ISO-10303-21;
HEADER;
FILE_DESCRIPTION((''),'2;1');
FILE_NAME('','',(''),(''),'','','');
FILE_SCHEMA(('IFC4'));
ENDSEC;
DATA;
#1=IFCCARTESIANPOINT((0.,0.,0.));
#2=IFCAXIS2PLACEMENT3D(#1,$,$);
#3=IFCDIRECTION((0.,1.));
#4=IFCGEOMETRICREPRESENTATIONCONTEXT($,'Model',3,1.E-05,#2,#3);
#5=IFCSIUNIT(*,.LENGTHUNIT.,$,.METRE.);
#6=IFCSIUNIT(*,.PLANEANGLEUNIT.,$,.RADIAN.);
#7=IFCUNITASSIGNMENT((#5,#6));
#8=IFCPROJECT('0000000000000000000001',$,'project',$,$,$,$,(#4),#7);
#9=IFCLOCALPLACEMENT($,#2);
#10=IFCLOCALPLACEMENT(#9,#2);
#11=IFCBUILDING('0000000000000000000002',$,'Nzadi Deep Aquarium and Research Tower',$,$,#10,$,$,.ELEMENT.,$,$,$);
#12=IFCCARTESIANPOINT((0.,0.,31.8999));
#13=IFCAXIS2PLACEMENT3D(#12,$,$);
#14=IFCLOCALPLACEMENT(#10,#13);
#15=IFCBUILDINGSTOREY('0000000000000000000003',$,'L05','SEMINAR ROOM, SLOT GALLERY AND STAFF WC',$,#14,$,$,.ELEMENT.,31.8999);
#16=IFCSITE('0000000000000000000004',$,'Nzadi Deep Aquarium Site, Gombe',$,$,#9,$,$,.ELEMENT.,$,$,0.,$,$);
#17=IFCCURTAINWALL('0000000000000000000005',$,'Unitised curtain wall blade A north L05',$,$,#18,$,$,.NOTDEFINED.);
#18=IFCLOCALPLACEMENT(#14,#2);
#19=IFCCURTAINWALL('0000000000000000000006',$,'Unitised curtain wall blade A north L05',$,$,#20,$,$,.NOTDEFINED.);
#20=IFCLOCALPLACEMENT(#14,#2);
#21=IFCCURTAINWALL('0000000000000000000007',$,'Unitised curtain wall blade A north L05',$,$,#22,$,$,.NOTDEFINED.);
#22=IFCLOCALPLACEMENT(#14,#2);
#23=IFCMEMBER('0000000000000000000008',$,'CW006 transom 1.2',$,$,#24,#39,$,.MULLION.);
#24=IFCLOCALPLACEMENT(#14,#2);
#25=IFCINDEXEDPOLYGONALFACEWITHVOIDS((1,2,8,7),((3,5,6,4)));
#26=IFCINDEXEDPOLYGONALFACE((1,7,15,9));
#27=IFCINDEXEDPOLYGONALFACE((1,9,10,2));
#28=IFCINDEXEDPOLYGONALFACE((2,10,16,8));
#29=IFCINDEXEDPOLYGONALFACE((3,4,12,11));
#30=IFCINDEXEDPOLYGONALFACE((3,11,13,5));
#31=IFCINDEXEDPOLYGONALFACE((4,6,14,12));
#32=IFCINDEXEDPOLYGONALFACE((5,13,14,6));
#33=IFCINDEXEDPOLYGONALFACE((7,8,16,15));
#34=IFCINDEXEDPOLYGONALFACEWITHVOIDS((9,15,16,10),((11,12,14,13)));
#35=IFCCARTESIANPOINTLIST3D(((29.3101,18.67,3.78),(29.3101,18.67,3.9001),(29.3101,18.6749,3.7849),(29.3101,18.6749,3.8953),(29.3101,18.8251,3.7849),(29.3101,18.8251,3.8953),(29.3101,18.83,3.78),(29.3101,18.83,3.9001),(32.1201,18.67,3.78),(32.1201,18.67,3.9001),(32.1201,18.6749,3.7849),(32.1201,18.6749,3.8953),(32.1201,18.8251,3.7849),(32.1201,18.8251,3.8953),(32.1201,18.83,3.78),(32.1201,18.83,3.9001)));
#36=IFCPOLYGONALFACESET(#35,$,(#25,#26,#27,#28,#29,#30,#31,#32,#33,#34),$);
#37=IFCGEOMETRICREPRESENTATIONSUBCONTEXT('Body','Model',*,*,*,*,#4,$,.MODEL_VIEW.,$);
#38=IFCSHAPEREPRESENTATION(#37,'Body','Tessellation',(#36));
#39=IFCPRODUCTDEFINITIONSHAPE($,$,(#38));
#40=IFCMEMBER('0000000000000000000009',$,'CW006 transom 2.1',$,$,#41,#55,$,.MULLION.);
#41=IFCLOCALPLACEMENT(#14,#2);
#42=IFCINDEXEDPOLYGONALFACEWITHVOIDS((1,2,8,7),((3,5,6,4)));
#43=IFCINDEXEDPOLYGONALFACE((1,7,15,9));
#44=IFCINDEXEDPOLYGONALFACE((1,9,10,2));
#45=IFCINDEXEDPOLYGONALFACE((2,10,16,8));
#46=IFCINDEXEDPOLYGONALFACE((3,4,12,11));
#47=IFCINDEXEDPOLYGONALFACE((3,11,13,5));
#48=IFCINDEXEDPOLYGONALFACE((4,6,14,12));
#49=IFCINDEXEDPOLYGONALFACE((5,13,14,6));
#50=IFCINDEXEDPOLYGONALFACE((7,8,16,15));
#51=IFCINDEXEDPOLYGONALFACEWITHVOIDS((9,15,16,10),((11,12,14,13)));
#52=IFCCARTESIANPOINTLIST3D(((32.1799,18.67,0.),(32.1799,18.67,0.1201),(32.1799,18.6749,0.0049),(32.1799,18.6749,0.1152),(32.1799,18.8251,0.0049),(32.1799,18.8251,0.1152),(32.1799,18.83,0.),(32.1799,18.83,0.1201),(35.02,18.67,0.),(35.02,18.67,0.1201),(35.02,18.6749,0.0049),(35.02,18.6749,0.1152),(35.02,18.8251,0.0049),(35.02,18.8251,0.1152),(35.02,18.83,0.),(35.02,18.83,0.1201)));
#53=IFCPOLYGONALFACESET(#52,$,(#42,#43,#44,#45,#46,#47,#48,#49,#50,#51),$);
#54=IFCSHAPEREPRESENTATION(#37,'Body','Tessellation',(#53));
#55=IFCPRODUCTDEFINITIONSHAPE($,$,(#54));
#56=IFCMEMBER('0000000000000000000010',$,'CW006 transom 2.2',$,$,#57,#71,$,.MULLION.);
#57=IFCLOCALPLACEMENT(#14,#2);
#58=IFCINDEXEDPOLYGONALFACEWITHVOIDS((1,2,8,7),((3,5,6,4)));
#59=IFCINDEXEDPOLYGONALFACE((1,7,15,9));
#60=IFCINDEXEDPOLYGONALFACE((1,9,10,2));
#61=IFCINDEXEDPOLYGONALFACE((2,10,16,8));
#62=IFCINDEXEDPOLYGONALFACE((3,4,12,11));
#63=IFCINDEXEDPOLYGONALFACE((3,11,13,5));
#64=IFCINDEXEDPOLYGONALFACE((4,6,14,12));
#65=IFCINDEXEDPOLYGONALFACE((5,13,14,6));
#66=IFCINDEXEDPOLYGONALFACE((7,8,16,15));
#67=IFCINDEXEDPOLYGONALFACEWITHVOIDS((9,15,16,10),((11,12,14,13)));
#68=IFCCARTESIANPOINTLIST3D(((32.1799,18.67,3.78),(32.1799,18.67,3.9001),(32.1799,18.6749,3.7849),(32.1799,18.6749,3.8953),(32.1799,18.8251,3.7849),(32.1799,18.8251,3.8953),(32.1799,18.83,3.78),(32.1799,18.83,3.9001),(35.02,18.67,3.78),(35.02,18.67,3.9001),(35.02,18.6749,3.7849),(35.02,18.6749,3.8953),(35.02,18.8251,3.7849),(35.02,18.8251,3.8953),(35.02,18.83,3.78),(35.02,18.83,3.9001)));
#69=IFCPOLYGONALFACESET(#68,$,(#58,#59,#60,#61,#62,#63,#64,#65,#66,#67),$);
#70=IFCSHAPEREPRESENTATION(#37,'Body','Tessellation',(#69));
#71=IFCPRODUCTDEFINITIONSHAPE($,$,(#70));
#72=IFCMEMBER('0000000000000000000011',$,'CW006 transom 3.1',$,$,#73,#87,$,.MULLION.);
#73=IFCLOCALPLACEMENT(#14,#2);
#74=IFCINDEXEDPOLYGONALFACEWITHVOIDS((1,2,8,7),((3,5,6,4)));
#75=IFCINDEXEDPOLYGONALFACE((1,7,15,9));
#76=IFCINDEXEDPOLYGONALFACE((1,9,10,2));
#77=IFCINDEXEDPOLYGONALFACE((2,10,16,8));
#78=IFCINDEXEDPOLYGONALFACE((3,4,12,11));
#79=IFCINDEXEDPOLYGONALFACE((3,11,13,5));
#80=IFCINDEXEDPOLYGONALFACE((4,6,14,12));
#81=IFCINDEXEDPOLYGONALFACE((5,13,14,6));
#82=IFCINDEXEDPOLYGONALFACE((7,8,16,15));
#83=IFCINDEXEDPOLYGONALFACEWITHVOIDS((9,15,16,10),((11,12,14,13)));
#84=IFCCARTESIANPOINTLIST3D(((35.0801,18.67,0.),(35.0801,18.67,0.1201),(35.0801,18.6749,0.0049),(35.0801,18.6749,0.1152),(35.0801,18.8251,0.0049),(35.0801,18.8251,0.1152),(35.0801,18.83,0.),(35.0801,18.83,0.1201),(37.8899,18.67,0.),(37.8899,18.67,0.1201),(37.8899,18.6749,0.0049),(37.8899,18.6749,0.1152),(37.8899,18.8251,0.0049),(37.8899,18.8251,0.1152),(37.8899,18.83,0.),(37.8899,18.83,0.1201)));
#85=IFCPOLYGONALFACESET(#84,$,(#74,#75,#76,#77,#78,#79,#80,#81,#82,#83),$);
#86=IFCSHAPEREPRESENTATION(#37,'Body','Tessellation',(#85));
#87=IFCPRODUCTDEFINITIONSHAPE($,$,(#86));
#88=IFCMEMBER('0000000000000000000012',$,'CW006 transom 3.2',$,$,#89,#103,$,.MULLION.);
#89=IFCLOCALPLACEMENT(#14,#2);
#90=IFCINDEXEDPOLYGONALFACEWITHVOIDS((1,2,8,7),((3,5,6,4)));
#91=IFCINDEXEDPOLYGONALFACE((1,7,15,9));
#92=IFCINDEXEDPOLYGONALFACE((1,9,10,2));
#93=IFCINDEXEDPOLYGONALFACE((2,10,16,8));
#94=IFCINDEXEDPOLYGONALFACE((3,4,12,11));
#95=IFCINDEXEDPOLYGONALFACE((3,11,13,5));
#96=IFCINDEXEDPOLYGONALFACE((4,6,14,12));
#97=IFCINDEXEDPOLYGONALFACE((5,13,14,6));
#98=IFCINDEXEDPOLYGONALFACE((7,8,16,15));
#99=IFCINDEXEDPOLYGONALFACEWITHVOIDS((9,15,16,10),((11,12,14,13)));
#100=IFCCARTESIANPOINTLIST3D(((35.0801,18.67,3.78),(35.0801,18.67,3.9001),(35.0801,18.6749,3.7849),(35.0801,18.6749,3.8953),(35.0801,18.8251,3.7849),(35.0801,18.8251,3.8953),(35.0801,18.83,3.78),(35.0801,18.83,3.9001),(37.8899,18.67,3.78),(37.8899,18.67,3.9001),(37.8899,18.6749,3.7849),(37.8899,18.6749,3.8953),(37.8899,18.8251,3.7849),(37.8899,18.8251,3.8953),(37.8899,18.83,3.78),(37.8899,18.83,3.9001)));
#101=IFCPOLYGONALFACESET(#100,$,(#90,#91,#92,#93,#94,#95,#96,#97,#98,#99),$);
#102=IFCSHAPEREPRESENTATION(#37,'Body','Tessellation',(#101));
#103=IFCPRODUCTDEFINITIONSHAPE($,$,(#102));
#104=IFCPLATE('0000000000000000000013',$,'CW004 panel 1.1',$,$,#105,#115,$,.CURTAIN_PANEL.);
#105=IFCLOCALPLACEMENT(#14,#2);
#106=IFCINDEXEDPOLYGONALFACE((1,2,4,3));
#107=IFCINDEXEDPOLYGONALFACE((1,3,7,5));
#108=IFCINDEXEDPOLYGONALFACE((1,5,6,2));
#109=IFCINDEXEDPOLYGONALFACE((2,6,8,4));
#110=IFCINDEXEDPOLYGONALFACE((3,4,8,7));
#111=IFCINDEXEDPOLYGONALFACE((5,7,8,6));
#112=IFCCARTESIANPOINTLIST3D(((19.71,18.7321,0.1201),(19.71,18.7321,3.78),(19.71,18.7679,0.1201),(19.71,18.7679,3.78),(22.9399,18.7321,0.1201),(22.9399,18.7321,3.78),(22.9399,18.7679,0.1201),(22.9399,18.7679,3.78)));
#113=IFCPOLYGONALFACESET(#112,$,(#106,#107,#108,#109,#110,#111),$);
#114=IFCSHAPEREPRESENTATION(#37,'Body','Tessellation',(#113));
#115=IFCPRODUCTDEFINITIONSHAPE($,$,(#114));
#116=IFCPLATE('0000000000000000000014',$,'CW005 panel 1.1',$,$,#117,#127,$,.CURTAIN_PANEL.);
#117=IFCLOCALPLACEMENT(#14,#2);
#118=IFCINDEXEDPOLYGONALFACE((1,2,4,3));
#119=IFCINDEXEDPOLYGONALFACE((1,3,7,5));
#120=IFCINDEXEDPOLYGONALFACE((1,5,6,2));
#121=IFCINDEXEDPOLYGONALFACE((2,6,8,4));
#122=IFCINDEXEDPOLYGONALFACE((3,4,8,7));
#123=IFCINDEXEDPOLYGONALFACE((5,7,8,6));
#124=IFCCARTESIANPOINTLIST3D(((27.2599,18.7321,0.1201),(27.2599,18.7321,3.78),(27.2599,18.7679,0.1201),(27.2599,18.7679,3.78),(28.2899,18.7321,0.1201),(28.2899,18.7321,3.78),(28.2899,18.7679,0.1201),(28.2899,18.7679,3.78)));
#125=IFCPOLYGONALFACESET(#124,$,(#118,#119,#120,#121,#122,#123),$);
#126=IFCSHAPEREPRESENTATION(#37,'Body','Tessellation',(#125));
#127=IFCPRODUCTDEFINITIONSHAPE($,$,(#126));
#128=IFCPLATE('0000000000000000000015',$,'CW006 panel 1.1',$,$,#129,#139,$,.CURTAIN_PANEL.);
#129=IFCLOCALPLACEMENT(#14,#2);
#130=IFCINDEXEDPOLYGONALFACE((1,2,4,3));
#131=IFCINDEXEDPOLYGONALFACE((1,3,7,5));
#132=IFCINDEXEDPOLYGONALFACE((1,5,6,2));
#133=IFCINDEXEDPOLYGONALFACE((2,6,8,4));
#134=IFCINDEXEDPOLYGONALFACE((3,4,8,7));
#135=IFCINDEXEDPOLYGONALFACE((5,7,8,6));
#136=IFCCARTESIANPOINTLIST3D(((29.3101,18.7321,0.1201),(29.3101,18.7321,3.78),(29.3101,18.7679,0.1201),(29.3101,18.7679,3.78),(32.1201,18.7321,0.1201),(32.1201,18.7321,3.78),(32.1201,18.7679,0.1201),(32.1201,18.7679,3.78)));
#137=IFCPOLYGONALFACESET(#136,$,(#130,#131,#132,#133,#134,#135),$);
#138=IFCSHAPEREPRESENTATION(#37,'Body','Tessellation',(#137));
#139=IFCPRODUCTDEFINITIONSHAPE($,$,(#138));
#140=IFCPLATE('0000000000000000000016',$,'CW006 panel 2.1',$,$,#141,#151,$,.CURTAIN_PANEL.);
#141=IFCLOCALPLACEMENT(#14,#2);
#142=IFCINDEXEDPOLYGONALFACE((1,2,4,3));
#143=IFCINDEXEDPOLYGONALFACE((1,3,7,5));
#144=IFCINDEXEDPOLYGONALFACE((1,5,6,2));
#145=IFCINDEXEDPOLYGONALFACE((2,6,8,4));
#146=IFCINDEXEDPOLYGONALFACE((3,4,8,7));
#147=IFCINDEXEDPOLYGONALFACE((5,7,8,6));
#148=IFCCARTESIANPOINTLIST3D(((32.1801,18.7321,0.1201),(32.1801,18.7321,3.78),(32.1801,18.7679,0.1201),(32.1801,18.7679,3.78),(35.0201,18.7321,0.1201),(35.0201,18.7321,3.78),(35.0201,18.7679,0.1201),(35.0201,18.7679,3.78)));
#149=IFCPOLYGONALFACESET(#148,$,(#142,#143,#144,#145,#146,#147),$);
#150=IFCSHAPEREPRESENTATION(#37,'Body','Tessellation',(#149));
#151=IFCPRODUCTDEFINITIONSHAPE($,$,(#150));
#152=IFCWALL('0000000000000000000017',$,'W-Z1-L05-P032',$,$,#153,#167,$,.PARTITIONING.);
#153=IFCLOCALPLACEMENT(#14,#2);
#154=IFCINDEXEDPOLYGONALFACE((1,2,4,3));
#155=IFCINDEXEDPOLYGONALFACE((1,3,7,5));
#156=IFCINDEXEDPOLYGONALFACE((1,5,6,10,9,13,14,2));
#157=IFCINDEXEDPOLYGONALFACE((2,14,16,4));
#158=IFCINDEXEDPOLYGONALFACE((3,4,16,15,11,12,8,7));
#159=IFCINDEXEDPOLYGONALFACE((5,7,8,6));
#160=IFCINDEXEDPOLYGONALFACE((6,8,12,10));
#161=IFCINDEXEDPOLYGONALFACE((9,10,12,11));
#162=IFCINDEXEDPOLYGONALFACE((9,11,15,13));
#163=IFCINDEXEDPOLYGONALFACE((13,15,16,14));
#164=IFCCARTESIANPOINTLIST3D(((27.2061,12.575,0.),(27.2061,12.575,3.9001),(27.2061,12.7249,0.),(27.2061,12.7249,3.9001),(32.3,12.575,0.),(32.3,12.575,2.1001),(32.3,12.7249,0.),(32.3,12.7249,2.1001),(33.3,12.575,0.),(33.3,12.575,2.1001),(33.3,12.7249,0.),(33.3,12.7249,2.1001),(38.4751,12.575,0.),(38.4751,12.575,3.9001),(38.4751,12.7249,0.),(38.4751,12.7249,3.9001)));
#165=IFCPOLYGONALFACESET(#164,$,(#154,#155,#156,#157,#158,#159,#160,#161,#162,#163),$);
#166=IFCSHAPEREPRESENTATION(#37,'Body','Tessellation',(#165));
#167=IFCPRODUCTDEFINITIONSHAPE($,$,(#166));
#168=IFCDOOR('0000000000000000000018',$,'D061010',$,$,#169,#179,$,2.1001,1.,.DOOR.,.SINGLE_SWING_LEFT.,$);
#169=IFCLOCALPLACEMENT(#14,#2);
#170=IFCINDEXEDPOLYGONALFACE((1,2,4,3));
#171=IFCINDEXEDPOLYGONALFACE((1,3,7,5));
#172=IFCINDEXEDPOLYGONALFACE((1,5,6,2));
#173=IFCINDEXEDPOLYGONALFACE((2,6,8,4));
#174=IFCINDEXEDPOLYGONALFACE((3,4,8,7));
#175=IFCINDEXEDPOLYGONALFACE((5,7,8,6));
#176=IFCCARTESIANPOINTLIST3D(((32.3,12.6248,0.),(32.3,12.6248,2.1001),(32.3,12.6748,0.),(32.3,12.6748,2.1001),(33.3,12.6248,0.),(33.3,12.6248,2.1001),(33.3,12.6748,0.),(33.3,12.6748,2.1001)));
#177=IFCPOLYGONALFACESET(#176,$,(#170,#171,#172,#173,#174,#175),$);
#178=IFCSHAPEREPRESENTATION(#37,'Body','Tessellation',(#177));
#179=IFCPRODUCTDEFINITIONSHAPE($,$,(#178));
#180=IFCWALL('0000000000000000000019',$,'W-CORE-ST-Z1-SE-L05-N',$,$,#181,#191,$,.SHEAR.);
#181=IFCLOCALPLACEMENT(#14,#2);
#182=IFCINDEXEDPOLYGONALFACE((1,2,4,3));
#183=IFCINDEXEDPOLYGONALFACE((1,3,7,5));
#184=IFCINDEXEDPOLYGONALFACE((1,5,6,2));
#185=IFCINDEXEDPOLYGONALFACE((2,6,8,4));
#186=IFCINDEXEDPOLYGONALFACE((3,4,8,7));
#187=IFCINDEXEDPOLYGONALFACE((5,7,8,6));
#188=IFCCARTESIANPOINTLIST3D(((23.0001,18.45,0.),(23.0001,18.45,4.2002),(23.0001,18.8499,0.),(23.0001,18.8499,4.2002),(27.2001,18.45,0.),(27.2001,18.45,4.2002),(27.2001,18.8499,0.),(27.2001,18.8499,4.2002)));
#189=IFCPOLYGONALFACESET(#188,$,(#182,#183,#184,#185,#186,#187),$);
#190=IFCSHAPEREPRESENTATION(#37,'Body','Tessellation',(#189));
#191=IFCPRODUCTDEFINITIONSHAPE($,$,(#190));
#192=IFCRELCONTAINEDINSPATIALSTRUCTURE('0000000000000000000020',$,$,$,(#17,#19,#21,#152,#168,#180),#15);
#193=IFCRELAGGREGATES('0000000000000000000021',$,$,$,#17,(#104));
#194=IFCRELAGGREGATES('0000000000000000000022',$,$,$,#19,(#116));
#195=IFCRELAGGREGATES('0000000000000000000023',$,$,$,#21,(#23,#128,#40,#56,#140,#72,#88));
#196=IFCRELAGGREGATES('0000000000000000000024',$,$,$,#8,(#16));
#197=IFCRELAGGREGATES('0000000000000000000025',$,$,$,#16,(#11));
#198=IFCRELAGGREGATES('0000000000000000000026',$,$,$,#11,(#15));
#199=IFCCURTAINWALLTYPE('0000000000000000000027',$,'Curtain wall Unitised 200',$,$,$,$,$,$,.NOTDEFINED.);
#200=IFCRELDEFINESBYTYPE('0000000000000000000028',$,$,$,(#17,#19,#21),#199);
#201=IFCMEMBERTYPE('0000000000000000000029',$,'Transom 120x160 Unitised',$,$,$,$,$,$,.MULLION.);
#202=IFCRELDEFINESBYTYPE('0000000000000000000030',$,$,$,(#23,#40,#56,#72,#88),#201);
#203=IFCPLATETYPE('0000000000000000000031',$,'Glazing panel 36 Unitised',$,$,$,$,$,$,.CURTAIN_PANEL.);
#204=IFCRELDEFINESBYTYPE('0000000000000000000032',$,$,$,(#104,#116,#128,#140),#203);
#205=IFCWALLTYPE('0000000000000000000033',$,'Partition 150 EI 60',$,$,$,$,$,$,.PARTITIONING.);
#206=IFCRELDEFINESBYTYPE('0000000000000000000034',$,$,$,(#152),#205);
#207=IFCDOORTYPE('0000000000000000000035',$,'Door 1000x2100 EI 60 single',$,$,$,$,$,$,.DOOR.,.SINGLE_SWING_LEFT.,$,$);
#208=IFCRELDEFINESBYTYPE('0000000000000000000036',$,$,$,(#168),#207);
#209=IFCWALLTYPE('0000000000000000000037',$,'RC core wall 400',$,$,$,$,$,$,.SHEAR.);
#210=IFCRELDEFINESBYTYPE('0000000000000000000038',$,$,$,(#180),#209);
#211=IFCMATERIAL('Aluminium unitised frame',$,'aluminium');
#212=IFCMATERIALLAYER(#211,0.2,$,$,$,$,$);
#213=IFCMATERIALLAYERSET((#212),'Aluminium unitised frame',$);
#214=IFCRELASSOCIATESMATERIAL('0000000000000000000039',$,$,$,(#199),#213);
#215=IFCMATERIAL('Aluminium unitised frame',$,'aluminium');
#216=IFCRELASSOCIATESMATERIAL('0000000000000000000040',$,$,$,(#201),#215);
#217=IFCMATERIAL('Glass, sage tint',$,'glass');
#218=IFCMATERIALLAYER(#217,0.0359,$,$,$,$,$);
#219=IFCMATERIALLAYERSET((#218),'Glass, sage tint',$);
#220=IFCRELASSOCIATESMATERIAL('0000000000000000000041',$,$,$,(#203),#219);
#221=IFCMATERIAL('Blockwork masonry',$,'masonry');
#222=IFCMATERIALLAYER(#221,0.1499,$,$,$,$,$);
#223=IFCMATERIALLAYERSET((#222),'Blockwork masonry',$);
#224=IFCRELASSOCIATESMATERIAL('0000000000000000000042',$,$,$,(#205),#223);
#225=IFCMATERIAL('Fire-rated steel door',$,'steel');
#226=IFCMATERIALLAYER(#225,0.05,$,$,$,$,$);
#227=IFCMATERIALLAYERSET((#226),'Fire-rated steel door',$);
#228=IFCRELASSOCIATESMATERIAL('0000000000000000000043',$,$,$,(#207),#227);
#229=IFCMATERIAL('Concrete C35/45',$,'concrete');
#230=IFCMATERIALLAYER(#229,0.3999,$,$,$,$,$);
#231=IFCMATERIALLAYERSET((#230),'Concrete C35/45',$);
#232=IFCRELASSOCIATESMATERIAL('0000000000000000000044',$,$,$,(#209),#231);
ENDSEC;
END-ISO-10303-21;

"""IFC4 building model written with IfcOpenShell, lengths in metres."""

from ifc_helpers import new_model, si_unit, direction, frame, frame_2d, origin, origin_2d, place, context, subcontext, project, spatial, rectangle, hollow_rectangle, extrude, material, layer, layer_set, material_profile, profile_set, type_object, element, fill, aggregate, save


model = new_model("IFC4")

# Units and contexts
model_context = context("Model", 3, precision=1e-05, world=origin(), true_north=direction((0.0, 1.0)))
body_context = subcontext(model_context, "Body", "Model", "MODEL_VIEW")
ifc_project = project(units=[si_unit("LENGTHUNIT", "METRE"), si_unit("PLANEANGLEUNIT", "RADIAN")], contexts=[model_context])

# Site, building, storey
site_placement = place(None, origin())
site = spatial("IfcSite", under=ifc_project, at=site_placement, Name="Nzadi Deep Aquarium Site, Gombe", CompositionType="ELEMENT", RefElevation=0.0)
building_placement = place(site_placement, origin())
building = spatial("IfcBuilding", under=site, at=building_placement, Name="Nzadi Deep Aquarium and Research Tower", CompositionType="ELEMENT")
storey_placement = place(building_placement, frame((0.0, 0.0, 31.8999)))
storey = spatial("IfcBuildingStorey", under=building, at=storey_placement, Name="L05", Description="SEMINAR ROOM, SLOT GALLERY AND STAFF WC", CompositionType="ELEMENT", Elevation=31.8999)

# Curtain wall
ifc_material_1 = material(Name="Aluminium unitised frame", Category="aluminium")
ifc_layer_1 = layer(ifc_material_1, 0.2)
ifc_layer_set_1 = layer_set([ifc_layer_1], Name="Aluminium unitised frame")
curtain_wall_type = type_object("IfcCurtainWallType", Name="Curtain wall Unitised 200", PredefinedType="NOTDEFINED", material=ifc_layer_set_1)
curtain_wall_1_placement = place(storey_placement, origin())
curtain_wall_1 = element("IfcCurtainWall", 1, at=curtain_wall_1_placement, inside=storey, type_object=curtain_wall_type, Name="Unitised curtain wall blade A north L05", PredefinedType="NOTDEFINED")

# Curtain walls
curtain_wall_2_placement = place(storey_placement, origin())
curtain_wall_2 = element("IfcCurtainWall", 2, at=curtain_wall_2_placement, inside=storey, type_object=curtain_wall_type, Name="Unitised curtain wall blade A north L05", PredefinedType="NOTDEFINED")
curtain_wall_3_placement = place(storey_placement, origin())
curtain_wall_3 = element("IfcCurtainWall", 3, at=curtain_wall_3_placement, inside=storey, type_object=curtain_wall_type, Name="Unitised curtain wall blade A north L05", PredefinedType="NOTDEFINED")

# Members
ifc_material_2 = material(Name="Aluminium unitised frame", Category="aluminium")
ifc_material_profile_1 = material_profile(ifc_material_2, hollow_rectangle(XDim=0.1599, YDim=0.1201, WallThickness=0.0049, at=origin_2d()))
ifc_profile_set_1 = profile_set([ifc_material_profile_1], Name="Aluminium unitised frame")
member_type_1 = type_object("IfcMemberType", Name="Transom 120x160 Unitised", PredefinedType="MULLION", material=ifc_profile_set_1)
member_1_placement = place(storey_placement, frame((29.3101, 18.75, 3.8401), z_axis=(1.0, 0.0, 0.0), x_axis=(0.0, 1.0, 0.0)))
member_1 = element("IfcMember", 4, at=member_1_placement, type_object=member_type_1, Name="CW006 transom 1.2", PredefinedType="MULLION", context=body_context, shape_type="SweptSolid", body=[
    extrude(hollow_rectangle(XDim=0.1599, YDim=0.1201, WallThickness=0.0049, at=origin_2d()), origin(), (0.0, 0.0, 1.0), 2.8101),
])
member_2_placement = place(storey_placement, frame((32.1799, 18.75, 0.0601), z_axis=(1.0, 0.0, 0.0), x_axis=(0.0, 1.0, 0.0)))
member_2 = element("IfcMember", 5, at=member_2_placement, type_object=member_type_1, Name="CW006 transom 2.1", PredefinedType="MULLION", context=body_context, shape_type="SweptSolid", body=[
    extrude(hollow_rectangle(XDim=0.1599, YDim=0.1201, WallThickness=0.0049, at=origin_2d()), origin(), (0.0, 0.0, 1.0), 2.8401),
])
member_3_placement = place(storey_placement, frame((32.1799, 18.75, 3.8401), z_axis=(1.0, 0.0, 0.0), x_axis=(0.0, 1.0, 0.0)))
member_3 = element("IfcMember", 6, at=member_3_placement, type_object=member_type_1, Name="CW006 transom 2.2", PredefinedType="MULLION", context=body_context, shape_type="SweptSolid", body=[
    extrude(hollow_rectangle(XDim=0.1599, YDim=0.1201, WallThickness=0.0049, at=origin_2d()), origin(), (0.0, 0.0, 1.0), 2.8401),
])
member_4_placement = place(storey_placement, frame((35.0801, 18.75, 0.0601), z_axis=(1.0, 0.0, 0.0), x_axis=(0.0, 1.0, 0.0)))
member_4 = element("IfcMember", 7, at=member_4_placement, type_object=member_type_1, Name="CW006 transom 3.1", PredefinedType="MULLION", context=body_context, shape_type="SweptSolid", body=[
    extrude(hollow_rectangle(XDim=0.1599, YDim=0.1201, WallThickness=0.0049, at=origin_2d()), origin(), (0.0, 0.0, 1.0), 2.8098),
])
member_5_placement = place(storey_placement, frame((35.0801, 18.75, 3.8401), z_axis=(1.0, 0.0, 0.0), x_axis=(0.0, 1.0, 0.0)))
member_5 = element("IfcMember", 8, at=member_5_placement, type_object=member_type_1, Name="CW006 transom 3.2", PredefinedType="MULLION", context=body_context, shape_type="SweptSolid", body=[
    extrude(hollow_rectangle(XDim=0.1599, YDim=0.1201, WallThickness=0.0049, at=origin_2d()), origin(), (0.0, 0.0, 1.0), 2.8098),
])

# Plates
ifc_material_3 = material(Name="Glass, sage tint", Category="glass")
ifc_layer_2 = layer(ifc_material_3, 0.0359)
ifc_layer_set_2 = layer_set([ifc_layer_2], Name="Glass, sage tint")
plate_type = type_object("IfcPlateType", Name="Glazing panel 36 Unitised", PredefinedType="CURTAIN_PANEL", material=ifc_layer_set_2)
plate_1_placement = place(storey_placement, frame((21.325, 18.75, 0.1201), z_axis=(0.0, 0.0, 1.0), x_axis=(1.0, 0.0, 0.0)))
plate_1 = element("IfcPlate", 9, at=plate_1_placement, type_object=plate_type, Name="CW004 panel 1.1", PredefinedType="CURTAIN_PANEL", context=body_context, shape_type="SweptSolid", body=[
    extrude(rectangle(XDim=3.23, YDim=0.0359, at=origin_2d()), origin(), (0.0, 0.0, 1.0), 3.6599),
])
aggregate(curtain_wall_1, [plate_1])
plate_2_placement = place(storey_placement, frame((27.7749, 18.75, 0.1201), z_axis=(0.0, 0.0, 1.0), x_axis=(1.0, 0.0, 0.0)))
plate_2 = element("IfcPlate", 10, at=plate_2_placement, type_object=plate_type, Name="CW005 panel 1.1", PredefinedType="CURTAIN_PANEL", context=body_context, shape_type="SweptSolid", body=[
    extrude(rectangle(XDim=1.03, YDim=0.0359, at=origin_2d()), origin(), (0.0, 0.0, 1.0), 3.6599),
])
aggregate(curtain_wall_2, [plate_2])
plate_3_placement = place(storey_placement, frame((30.7151, 18.75, 0.1201), z_axis=(0.0, 0.0, 1.0), x_axis=(1.0, 0.0, 0.0)))
plate_3 = element("IfcPlate", 11, at=plate_3_placement, type_object=plate_type, Name="CW006 panel 1.1", PredefinedType="CURTAIN_PANEL", context=body_context, shape_type="SweptSolid", body=[
    extrude(rectangle(XDim=2.8101, YDim=0.0359, at=origin_2d()), origin(), (0.0, 0.0, 1.0), 3.6599),
])
plate_4_placement = place(storey_placement, frame((33.6001, 18.75, 0.1201), z_axis=(0.0, 0.0, 1.0), x_axis=(1.0, 0.0, 0.0)))
plate_4 = element("IfcPlate", 12, at=plate_4_placement, type_object=plate_type, Name="CW006 panel 2.1", PredefinedType="CURTAIN_PANEL", context=body_context, shape_type="SweptSolid", body=[
    extrude(rectangle(XDim=2.8401, YDim=0.0359, at=origin_2d()), origin(), (0.0, 0.0, 1.0), 3.6599),
])
aggregate(curtain_wall_3, [member_1, plate_3, member_2, member_3, plate_4, member_4, member_5])

# Wall, opening, door
ifc_material_4 = material(Name="Blockwork masonry", Category="masonry")
ifc_layer_3 = layer(ifc_material_4, 0.1499)
ifc_layer_set_3 = layer_set([ifc_layer_3], Name="Blockwork masonry")
wall_type_1 = type_object("IfcWallType", Name="Partition 150 EI 60", PredefinedType="PARTITIONING", material=ifc_layer_set_3)
wall_1_placement = place(storey_placement, frame((27.2061, 12.6499, 0.0), z_axis=(0.0, 0.0, 1.0), x_axis=(1.0, 0.0, 0.0)))
wall_1 = element("IfcWall", 13, at=wall_1_placement, inside=storey, type_object=wall_type_1, Name="W-Z1-L05-P032", PredefinedType="PARTITIONING", context=body_context, shape_type="SweptSolid", body=[
    extrude(rectangle(XDim=11.269, YDim=0.1499, at=frame_2d((5.6345, 0.0))), origin(), (0.0, 0.0, 1.0), 3.9001),
])
opening_placement = place(wall_1_placement, frame((5.094, 0.0, 0.0)))
opening = element("IfcOpeningElement", 14, at=opening_placement, cuts=wall_1, PredefinedType="OPENING", context=body_context, shape_type="SweptSolid", body=[
    extrude(rectangle(XDim=1.0, YDim=2.1001, at=frame_2d((0.5, 1.05))), frame((0.0, 0.085, 0.0), z_axis=(0.0, -1.0, 0.0), x_axis=(1.0, 0.0, 0.0)), (0.0, 0.0, 1.0), 0.1699),
])
ifc_material_5 = material(Name="Fire-rated steel door", Category="steel")
ifc_layer_4 = layer(ifc_material_5, 0.05)
ifc_layer_set_4 = layer_set([ifc_layer_4], Name="Fire-rated steel door")
door_type = type_object("IfcDoorType", Name="Door 1000x2100 EI 60 single", OperationType="SINGLE_SWING_LEFT", PredefinedType="DOOR", material=ifc_layer_set_4)
door_placement = place(opening_placement, origin())
door = element("IfcDoor", 15, at=door_placement, inside=storey, type_object=door_type, Name="D061010", OperationType="SINGLE_SWING_LEFT", OverallHeight=2.1001, OverallWidth=1.0, PredefinedType="DOOR", context=body_context, shape_type="SweptSolid", body=[
    extrude(rectangle(XDim=1.0, YDim=2.1001, at=frame_2d((0.5, 1.05))), frame((0.0, 0.0249, 0.0), z_axis=(0.0, -1.0, 0.0), x_axis=(1.0, 0.0, 0.0)), (0.0, 0.0, 1.0), 0.05),
])
fill(opening, door)

# Wall
ifc_material_6 = material(Name="Concrete C35/45", Category="concrete")
ifc_layer_5 = layer(ifc_material_6, 0.3999)
ifc_layer_set_5 = layer_set([ifc_layer_5], Name="Concrete C35/45")
wall_type_2 = type_object("IfcWallType", Name="RC core wall 400", PredefinedType="SHEAR", material=ifc_layer_set_5)
wall_2_placement = place(storey_placement, frame((23.0, 18.6499, 0.0), z_axis=(0.0, 0.0, 1.0), x_axis=(1.0, 0.0, 0.0)))
element("IfcWall", 16, at=wall_2_placement, inside=storey, type_object=wall_type_2, Name="W-CORE-ST-Z1-SE-L05-N", PredefinedType="SHEAR", context=body_context, shape_type="SweptSolid", body=[
    extrude(rectangle(XDim=4.2, YDim=0.3999, at=frame_2d((2.1001, 0.0))), origin(), (0.0, 0.0, 1.0), 4.2002),
])

save(model, "model.ifc")
